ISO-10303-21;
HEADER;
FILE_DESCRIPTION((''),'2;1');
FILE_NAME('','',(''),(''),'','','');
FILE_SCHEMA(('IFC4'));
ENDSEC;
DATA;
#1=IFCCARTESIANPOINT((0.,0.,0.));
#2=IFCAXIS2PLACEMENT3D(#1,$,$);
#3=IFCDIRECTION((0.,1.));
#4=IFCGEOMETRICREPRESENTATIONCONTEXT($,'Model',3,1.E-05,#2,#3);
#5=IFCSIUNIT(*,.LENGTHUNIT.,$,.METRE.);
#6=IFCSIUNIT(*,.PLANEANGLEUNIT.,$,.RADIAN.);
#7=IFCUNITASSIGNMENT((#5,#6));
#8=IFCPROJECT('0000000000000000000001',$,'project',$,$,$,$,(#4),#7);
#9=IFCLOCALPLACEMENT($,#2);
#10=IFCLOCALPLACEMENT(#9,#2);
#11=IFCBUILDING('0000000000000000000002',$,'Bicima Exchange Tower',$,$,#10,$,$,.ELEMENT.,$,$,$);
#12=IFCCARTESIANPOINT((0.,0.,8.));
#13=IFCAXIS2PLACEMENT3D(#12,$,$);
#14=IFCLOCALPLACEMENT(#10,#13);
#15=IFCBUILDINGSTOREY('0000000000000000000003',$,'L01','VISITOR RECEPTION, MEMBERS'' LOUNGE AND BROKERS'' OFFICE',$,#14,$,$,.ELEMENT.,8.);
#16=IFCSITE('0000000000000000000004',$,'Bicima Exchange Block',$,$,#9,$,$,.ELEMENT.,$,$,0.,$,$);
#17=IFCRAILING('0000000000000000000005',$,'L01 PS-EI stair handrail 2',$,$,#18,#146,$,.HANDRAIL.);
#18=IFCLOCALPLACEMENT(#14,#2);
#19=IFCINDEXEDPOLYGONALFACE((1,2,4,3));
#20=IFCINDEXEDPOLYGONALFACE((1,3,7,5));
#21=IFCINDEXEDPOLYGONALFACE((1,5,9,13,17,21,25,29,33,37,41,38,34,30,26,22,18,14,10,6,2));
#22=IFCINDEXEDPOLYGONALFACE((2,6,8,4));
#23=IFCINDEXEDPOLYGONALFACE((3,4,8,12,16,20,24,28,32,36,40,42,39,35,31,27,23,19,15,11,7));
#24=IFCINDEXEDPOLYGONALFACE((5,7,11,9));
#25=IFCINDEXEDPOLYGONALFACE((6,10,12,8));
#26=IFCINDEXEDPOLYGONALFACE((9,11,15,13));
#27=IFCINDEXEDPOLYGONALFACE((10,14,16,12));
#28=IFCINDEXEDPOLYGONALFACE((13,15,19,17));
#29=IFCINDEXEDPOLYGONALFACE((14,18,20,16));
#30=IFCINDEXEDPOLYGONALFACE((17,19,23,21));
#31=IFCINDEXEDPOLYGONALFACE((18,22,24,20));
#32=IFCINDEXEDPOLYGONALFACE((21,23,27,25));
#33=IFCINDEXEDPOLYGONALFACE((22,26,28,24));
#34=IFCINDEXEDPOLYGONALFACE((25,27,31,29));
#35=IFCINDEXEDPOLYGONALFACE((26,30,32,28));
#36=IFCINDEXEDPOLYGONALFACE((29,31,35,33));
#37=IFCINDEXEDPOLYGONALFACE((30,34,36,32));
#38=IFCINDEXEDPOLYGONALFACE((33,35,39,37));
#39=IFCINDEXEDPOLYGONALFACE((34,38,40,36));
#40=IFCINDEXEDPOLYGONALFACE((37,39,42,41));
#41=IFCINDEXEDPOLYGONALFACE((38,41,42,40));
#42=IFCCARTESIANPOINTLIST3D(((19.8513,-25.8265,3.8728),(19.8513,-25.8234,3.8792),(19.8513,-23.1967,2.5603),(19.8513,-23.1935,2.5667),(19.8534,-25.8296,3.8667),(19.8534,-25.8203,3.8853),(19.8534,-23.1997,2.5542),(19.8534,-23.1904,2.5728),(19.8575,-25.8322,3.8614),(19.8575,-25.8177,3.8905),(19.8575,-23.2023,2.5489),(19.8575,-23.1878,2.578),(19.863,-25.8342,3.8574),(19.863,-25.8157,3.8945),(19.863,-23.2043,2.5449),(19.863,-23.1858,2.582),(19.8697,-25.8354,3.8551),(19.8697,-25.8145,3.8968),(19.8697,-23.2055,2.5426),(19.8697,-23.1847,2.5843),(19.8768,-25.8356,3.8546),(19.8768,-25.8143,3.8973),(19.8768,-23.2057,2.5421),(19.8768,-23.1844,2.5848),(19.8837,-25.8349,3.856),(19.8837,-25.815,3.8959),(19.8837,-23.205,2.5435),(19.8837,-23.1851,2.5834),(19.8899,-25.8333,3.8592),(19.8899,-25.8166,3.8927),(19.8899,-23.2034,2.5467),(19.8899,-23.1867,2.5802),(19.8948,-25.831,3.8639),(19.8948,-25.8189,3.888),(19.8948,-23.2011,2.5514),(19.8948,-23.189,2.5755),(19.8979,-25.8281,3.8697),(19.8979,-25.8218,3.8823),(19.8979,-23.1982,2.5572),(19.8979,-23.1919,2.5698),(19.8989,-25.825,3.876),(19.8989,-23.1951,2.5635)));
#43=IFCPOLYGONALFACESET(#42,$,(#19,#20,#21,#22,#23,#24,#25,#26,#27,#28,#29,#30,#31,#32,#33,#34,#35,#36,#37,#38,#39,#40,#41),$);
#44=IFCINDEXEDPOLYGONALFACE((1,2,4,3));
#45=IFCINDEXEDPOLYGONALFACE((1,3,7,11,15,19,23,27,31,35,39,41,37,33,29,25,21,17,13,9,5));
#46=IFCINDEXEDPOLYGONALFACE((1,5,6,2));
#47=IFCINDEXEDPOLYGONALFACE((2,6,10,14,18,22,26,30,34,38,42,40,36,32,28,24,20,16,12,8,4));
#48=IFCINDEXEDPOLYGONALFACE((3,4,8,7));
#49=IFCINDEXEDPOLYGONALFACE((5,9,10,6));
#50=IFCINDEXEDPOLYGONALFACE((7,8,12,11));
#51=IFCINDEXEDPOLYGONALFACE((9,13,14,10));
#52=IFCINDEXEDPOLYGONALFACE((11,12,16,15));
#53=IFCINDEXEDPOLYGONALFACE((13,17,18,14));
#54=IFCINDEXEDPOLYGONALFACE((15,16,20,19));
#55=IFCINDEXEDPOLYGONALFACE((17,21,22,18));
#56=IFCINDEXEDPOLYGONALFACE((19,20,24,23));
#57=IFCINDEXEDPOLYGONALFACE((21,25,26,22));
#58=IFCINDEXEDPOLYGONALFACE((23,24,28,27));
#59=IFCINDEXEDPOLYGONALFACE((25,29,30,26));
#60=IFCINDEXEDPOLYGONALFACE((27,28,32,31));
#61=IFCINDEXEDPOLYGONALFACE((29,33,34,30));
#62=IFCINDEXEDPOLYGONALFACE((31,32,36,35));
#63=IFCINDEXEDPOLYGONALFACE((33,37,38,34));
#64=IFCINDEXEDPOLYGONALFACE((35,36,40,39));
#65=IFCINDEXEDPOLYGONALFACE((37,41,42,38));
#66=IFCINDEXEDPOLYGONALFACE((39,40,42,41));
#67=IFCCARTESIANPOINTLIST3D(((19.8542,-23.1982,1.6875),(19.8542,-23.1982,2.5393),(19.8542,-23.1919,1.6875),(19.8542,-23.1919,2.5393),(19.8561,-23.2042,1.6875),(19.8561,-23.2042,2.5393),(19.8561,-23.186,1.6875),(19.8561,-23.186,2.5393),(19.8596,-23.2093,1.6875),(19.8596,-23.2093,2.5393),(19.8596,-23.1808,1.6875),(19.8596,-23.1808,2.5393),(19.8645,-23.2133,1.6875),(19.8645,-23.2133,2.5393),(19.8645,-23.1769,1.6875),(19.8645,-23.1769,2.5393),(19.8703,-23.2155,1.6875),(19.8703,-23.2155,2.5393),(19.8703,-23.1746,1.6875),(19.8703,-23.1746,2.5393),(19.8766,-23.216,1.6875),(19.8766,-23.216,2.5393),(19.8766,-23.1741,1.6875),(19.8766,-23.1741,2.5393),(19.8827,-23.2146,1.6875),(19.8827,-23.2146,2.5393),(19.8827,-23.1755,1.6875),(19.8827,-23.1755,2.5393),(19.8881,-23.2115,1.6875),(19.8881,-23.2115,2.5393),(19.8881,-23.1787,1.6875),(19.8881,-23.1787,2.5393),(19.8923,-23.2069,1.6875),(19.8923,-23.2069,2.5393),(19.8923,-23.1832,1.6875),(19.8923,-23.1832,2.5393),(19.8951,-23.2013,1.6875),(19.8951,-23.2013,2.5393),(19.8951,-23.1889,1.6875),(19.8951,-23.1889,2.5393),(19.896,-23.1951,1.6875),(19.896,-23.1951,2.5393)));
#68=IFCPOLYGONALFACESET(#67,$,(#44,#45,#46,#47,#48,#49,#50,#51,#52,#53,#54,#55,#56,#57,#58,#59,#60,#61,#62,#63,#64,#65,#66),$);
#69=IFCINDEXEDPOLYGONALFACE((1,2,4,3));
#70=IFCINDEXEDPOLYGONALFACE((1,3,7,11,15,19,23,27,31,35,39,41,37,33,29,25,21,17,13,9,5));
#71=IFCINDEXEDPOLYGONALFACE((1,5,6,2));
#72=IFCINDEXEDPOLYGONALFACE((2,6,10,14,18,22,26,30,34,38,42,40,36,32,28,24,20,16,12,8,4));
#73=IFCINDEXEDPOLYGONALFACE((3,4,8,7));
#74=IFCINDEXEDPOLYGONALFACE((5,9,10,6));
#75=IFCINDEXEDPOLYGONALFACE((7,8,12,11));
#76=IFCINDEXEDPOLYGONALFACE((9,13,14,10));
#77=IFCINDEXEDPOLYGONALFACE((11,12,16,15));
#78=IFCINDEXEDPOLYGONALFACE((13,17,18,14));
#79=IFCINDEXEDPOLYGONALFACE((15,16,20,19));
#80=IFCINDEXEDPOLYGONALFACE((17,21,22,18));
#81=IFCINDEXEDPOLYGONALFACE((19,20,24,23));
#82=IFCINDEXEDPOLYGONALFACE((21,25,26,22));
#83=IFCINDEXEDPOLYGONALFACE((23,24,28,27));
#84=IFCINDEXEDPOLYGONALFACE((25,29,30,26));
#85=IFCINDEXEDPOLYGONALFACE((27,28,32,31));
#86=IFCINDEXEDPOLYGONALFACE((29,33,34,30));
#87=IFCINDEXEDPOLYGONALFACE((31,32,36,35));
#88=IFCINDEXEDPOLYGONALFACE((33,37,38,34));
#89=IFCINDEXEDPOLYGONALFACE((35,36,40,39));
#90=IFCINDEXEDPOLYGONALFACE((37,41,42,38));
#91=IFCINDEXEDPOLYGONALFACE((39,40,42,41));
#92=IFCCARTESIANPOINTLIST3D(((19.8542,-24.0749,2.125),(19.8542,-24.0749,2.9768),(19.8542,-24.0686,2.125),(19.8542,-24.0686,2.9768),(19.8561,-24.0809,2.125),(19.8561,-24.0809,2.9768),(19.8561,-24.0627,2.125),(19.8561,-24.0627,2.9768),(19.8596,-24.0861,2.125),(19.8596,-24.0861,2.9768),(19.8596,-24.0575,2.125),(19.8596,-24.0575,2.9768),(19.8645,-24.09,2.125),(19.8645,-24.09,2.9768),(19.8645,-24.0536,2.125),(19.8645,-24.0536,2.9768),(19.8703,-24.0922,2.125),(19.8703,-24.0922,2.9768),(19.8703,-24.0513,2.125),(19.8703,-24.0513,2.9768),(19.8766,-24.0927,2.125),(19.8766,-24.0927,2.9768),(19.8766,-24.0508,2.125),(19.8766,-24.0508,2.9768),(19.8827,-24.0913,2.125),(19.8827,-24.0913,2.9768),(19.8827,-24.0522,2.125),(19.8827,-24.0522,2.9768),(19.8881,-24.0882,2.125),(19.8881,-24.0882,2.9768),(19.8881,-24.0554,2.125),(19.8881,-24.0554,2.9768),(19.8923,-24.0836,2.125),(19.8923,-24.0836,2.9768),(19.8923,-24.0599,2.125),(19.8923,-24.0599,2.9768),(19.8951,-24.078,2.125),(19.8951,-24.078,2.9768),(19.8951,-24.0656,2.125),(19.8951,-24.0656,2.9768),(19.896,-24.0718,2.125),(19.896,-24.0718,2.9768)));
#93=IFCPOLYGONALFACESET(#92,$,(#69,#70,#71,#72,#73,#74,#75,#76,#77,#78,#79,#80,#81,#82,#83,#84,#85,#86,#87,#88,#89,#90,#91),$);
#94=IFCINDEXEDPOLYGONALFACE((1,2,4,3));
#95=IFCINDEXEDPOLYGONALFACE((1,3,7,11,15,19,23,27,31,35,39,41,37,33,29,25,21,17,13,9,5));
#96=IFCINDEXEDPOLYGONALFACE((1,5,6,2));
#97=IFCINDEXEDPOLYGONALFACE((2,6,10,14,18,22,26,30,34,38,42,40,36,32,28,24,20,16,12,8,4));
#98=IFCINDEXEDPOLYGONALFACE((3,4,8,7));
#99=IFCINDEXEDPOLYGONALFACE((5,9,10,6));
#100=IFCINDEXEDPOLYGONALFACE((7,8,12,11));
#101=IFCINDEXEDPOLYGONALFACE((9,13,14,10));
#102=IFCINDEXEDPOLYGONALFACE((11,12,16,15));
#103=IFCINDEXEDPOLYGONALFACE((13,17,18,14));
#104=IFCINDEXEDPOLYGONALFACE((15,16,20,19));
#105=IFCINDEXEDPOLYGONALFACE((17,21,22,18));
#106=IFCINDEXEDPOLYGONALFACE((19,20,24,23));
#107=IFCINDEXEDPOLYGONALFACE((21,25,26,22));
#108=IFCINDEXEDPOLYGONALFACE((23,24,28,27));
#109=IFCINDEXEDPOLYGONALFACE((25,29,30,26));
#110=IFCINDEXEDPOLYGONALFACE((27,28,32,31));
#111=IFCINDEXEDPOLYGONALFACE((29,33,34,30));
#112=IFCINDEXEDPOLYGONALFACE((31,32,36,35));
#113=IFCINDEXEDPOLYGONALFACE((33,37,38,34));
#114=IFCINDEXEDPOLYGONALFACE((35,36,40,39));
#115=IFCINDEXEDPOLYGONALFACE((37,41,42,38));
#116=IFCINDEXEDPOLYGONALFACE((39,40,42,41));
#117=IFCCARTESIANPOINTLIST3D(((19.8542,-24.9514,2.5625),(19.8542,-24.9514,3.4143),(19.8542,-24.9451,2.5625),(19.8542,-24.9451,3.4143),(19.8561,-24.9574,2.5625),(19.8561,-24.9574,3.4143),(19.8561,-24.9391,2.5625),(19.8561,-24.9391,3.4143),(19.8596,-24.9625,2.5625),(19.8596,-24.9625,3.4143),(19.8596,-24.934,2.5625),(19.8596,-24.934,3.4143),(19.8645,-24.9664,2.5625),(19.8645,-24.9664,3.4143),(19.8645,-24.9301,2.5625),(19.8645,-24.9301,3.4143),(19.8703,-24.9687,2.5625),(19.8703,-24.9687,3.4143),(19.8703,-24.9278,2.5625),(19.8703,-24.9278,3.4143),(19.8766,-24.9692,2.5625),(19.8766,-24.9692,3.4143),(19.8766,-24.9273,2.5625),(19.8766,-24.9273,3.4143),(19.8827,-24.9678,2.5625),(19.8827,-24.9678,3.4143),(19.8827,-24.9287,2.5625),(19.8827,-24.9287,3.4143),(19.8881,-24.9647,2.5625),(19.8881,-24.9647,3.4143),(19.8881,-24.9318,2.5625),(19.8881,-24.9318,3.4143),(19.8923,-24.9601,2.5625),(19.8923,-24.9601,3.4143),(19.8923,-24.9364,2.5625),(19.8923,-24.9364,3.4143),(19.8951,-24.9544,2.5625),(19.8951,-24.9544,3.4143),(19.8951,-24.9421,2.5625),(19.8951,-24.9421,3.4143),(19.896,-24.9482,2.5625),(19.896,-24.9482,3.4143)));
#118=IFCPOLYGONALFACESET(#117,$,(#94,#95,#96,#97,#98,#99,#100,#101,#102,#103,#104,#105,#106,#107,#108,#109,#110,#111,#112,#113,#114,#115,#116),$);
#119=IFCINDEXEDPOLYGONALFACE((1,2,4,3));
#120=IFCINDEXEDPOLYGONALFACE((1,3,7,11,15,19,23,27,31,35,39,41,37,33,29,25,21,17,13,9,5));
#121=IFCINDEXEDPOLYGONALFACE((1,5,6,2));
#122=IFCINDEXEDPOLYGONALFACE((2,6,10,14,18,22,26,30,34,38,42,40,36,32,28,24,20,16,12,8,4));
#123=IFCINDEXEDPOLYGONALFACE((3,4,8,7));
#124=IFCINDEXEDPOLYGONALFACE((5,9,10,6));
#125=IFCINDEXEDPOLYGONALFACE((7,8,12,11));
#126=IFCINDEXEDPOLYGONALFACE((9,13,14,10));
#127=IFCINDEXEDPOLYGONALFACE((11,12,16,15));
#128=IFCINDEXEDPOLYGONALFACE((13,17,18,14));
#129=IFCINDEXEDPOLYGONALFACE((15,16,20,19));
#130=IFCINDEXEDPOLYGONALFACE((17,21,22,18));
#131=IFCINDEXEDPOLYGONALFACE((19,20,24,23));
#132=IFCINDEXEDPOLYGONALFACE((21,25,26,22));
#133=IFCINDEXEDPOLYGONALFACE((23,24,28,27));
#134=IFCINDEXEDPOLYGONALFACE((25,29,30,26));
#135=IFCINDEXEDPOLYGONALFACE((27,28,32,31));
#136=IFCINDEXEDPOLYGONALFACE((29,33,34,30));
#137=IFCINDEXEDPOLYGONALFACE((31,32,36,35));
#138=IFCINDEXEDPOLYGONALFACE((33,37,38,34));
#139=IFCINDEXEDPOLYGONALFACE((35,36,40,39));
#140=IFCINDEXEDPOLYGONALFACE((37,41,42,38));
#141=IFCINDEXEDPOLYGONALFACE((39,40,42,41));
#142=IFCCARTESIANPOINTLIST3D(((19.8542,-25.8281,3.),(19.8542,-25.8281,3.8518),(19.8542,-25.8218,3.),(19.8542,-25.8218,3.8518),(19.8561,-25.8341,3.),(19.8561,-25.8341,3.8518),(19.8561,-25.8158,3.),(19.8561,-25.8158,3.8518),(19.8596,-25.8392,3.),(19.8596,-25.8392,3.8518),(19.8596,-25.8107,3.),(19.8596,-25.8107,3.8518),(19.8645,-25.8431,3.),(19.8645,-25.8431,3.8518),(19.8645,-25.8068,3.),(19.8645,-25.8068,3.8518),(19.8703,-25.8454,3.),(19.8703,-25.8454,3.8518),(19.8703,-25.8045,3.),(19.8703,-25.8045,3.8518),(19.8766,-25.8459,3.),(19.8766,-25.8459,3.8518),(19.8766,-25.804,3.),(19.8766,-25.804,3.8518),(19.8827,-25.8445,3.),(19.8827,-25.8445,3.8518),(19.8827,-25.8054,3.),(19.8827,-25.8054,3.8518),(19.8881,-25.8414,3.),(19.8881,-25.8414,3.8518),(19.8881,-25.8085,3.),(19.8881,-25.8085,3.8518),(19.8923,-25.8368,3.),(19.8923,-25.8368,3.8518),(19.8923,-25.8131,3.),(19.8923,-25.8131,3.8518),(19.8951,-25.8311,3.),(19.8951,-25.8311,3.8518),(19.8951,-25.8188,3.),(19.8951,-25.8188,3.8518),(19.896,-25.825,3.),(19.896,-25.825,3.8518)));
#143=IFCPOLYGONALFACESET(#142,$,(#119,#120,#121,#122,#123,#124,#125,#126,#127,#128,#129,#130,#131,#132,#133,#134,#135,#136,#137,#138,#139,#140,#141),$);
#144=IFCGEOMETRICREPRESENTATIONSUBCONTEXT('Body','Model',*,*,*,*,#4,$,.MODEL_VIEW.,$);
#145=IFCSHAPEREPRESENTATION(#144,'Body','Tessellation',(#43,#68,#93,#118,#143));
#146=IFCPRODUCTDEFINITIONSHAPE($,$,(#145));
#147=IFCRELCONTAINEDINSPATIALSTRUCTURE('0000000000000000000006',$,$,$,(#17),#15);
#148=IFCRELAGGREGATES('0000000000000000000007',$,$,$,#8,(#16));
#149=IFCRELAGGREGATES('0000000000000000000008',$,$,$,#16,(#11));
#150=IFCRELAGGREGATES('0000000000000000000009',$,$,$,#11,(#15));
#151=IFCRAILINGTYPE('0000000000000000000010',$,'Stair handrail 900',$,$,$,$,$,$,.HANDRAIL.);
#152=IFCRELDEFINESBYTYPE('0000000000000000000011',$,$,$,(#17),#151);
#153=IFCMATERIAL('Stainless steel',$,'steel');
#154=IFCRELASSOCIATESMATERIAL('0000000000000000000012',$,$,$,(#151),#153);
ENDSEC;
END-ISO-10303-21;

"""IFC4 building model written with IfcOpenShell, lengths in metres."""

from ifc_helpers import new_model, si_unit, direction, frame, origin, origin_2d, place, context, subcontext, project, spatial, circle, extrude, material, type_object, element, save


model = new_model("IFC4")

# Units and contexts
model_context = context("Model", 3, precision=1e-05, world=origin(), true_north=direction((0.0, 1.0)))
body_context = subcontext(model_context, "Body", "Model", "MODEL_VIEW")
ifc_project = project(units=[si_unit("LENGTHUNIT", "METRE"), si_unit("PLANEANGLEUNIT", "RADIAN")], contexts=[model_context])

# Site, building, storey
site_placement = place(None, origin())
site = spatial("IfcSite", under=ifc_project, at=site_placement, Name="Bicima Exchange Block", CompositionType="ELEMENT", RefElevation=0.0)
building_placement = place(site_placement, origin())
building = spatial("IfcBuilding", under=site, at=building_placement, Name="Bicima Exchange Tower", CompositionType="ELEMENT")
storey_placement = place(building_placement, frame((0.0, 0.0, 8.0)))
storey = spatial("IfcBuildingStorey", under=building, at=storey_placement, Name="L01", Description="VISITOR RECEPTION, MEMBERS' LOUNGE AND BROKERS' OFFICE", CompositionType="ELEMENT", Elevation=8.0)

# Railing
ifc_material_1 = material(Name="Stainless steel", Category="steel")
railing_type_1 = type_object("IfcRailingType", Name="Stair handrail 900", PredefinedType="HANDRAIL", material=ifc_material_1)
railing_1_placement = place(storey_placement, frame((19.875, -23.1951, 1.6875)))
element("IfcRailing", 1, at=railing_1_placement, inside=storey, type_object=railing_type_1, Name="L01 PS-EI stair handrail 2", PredefinedType="HANDRAIL", context=body_context, shape_type="SweptSolid", body=[
    extrude(circle(Radius=0.0239, at=origin_2d()), frame((0.0, 0.0, 0.876), z_axis=(0.0, -0.894759, 0.446549), x_axis=(1.0, 0.0, 0.0)), (0.0, 0.0, 1.0), 2.9392),
    extrude(circle(Radius=0.021, at=origin_2d()), origin(), (0.0, 0.0, 1.0), 0.8518),
    extrude(circle(Radius=0.021, at=origin_2d()), frame((0.0, -0.8767, 0.4375)), (0.0, 0.0, 1.0), 0.8518),
    extrude(circle(Radius=0.021, at=origin_2d()), frame((0.0, -1.7532, 0.875)), (0.0, 0.0, 1.0), 0.8518),
    extrude(circle(Radius=0.021, at=origin_2d()), frame((0.0, -2.6299, 1.3125)), (0.0, 0.0, 1.0), 0.8518),
])

save(model, "model.ifc")
